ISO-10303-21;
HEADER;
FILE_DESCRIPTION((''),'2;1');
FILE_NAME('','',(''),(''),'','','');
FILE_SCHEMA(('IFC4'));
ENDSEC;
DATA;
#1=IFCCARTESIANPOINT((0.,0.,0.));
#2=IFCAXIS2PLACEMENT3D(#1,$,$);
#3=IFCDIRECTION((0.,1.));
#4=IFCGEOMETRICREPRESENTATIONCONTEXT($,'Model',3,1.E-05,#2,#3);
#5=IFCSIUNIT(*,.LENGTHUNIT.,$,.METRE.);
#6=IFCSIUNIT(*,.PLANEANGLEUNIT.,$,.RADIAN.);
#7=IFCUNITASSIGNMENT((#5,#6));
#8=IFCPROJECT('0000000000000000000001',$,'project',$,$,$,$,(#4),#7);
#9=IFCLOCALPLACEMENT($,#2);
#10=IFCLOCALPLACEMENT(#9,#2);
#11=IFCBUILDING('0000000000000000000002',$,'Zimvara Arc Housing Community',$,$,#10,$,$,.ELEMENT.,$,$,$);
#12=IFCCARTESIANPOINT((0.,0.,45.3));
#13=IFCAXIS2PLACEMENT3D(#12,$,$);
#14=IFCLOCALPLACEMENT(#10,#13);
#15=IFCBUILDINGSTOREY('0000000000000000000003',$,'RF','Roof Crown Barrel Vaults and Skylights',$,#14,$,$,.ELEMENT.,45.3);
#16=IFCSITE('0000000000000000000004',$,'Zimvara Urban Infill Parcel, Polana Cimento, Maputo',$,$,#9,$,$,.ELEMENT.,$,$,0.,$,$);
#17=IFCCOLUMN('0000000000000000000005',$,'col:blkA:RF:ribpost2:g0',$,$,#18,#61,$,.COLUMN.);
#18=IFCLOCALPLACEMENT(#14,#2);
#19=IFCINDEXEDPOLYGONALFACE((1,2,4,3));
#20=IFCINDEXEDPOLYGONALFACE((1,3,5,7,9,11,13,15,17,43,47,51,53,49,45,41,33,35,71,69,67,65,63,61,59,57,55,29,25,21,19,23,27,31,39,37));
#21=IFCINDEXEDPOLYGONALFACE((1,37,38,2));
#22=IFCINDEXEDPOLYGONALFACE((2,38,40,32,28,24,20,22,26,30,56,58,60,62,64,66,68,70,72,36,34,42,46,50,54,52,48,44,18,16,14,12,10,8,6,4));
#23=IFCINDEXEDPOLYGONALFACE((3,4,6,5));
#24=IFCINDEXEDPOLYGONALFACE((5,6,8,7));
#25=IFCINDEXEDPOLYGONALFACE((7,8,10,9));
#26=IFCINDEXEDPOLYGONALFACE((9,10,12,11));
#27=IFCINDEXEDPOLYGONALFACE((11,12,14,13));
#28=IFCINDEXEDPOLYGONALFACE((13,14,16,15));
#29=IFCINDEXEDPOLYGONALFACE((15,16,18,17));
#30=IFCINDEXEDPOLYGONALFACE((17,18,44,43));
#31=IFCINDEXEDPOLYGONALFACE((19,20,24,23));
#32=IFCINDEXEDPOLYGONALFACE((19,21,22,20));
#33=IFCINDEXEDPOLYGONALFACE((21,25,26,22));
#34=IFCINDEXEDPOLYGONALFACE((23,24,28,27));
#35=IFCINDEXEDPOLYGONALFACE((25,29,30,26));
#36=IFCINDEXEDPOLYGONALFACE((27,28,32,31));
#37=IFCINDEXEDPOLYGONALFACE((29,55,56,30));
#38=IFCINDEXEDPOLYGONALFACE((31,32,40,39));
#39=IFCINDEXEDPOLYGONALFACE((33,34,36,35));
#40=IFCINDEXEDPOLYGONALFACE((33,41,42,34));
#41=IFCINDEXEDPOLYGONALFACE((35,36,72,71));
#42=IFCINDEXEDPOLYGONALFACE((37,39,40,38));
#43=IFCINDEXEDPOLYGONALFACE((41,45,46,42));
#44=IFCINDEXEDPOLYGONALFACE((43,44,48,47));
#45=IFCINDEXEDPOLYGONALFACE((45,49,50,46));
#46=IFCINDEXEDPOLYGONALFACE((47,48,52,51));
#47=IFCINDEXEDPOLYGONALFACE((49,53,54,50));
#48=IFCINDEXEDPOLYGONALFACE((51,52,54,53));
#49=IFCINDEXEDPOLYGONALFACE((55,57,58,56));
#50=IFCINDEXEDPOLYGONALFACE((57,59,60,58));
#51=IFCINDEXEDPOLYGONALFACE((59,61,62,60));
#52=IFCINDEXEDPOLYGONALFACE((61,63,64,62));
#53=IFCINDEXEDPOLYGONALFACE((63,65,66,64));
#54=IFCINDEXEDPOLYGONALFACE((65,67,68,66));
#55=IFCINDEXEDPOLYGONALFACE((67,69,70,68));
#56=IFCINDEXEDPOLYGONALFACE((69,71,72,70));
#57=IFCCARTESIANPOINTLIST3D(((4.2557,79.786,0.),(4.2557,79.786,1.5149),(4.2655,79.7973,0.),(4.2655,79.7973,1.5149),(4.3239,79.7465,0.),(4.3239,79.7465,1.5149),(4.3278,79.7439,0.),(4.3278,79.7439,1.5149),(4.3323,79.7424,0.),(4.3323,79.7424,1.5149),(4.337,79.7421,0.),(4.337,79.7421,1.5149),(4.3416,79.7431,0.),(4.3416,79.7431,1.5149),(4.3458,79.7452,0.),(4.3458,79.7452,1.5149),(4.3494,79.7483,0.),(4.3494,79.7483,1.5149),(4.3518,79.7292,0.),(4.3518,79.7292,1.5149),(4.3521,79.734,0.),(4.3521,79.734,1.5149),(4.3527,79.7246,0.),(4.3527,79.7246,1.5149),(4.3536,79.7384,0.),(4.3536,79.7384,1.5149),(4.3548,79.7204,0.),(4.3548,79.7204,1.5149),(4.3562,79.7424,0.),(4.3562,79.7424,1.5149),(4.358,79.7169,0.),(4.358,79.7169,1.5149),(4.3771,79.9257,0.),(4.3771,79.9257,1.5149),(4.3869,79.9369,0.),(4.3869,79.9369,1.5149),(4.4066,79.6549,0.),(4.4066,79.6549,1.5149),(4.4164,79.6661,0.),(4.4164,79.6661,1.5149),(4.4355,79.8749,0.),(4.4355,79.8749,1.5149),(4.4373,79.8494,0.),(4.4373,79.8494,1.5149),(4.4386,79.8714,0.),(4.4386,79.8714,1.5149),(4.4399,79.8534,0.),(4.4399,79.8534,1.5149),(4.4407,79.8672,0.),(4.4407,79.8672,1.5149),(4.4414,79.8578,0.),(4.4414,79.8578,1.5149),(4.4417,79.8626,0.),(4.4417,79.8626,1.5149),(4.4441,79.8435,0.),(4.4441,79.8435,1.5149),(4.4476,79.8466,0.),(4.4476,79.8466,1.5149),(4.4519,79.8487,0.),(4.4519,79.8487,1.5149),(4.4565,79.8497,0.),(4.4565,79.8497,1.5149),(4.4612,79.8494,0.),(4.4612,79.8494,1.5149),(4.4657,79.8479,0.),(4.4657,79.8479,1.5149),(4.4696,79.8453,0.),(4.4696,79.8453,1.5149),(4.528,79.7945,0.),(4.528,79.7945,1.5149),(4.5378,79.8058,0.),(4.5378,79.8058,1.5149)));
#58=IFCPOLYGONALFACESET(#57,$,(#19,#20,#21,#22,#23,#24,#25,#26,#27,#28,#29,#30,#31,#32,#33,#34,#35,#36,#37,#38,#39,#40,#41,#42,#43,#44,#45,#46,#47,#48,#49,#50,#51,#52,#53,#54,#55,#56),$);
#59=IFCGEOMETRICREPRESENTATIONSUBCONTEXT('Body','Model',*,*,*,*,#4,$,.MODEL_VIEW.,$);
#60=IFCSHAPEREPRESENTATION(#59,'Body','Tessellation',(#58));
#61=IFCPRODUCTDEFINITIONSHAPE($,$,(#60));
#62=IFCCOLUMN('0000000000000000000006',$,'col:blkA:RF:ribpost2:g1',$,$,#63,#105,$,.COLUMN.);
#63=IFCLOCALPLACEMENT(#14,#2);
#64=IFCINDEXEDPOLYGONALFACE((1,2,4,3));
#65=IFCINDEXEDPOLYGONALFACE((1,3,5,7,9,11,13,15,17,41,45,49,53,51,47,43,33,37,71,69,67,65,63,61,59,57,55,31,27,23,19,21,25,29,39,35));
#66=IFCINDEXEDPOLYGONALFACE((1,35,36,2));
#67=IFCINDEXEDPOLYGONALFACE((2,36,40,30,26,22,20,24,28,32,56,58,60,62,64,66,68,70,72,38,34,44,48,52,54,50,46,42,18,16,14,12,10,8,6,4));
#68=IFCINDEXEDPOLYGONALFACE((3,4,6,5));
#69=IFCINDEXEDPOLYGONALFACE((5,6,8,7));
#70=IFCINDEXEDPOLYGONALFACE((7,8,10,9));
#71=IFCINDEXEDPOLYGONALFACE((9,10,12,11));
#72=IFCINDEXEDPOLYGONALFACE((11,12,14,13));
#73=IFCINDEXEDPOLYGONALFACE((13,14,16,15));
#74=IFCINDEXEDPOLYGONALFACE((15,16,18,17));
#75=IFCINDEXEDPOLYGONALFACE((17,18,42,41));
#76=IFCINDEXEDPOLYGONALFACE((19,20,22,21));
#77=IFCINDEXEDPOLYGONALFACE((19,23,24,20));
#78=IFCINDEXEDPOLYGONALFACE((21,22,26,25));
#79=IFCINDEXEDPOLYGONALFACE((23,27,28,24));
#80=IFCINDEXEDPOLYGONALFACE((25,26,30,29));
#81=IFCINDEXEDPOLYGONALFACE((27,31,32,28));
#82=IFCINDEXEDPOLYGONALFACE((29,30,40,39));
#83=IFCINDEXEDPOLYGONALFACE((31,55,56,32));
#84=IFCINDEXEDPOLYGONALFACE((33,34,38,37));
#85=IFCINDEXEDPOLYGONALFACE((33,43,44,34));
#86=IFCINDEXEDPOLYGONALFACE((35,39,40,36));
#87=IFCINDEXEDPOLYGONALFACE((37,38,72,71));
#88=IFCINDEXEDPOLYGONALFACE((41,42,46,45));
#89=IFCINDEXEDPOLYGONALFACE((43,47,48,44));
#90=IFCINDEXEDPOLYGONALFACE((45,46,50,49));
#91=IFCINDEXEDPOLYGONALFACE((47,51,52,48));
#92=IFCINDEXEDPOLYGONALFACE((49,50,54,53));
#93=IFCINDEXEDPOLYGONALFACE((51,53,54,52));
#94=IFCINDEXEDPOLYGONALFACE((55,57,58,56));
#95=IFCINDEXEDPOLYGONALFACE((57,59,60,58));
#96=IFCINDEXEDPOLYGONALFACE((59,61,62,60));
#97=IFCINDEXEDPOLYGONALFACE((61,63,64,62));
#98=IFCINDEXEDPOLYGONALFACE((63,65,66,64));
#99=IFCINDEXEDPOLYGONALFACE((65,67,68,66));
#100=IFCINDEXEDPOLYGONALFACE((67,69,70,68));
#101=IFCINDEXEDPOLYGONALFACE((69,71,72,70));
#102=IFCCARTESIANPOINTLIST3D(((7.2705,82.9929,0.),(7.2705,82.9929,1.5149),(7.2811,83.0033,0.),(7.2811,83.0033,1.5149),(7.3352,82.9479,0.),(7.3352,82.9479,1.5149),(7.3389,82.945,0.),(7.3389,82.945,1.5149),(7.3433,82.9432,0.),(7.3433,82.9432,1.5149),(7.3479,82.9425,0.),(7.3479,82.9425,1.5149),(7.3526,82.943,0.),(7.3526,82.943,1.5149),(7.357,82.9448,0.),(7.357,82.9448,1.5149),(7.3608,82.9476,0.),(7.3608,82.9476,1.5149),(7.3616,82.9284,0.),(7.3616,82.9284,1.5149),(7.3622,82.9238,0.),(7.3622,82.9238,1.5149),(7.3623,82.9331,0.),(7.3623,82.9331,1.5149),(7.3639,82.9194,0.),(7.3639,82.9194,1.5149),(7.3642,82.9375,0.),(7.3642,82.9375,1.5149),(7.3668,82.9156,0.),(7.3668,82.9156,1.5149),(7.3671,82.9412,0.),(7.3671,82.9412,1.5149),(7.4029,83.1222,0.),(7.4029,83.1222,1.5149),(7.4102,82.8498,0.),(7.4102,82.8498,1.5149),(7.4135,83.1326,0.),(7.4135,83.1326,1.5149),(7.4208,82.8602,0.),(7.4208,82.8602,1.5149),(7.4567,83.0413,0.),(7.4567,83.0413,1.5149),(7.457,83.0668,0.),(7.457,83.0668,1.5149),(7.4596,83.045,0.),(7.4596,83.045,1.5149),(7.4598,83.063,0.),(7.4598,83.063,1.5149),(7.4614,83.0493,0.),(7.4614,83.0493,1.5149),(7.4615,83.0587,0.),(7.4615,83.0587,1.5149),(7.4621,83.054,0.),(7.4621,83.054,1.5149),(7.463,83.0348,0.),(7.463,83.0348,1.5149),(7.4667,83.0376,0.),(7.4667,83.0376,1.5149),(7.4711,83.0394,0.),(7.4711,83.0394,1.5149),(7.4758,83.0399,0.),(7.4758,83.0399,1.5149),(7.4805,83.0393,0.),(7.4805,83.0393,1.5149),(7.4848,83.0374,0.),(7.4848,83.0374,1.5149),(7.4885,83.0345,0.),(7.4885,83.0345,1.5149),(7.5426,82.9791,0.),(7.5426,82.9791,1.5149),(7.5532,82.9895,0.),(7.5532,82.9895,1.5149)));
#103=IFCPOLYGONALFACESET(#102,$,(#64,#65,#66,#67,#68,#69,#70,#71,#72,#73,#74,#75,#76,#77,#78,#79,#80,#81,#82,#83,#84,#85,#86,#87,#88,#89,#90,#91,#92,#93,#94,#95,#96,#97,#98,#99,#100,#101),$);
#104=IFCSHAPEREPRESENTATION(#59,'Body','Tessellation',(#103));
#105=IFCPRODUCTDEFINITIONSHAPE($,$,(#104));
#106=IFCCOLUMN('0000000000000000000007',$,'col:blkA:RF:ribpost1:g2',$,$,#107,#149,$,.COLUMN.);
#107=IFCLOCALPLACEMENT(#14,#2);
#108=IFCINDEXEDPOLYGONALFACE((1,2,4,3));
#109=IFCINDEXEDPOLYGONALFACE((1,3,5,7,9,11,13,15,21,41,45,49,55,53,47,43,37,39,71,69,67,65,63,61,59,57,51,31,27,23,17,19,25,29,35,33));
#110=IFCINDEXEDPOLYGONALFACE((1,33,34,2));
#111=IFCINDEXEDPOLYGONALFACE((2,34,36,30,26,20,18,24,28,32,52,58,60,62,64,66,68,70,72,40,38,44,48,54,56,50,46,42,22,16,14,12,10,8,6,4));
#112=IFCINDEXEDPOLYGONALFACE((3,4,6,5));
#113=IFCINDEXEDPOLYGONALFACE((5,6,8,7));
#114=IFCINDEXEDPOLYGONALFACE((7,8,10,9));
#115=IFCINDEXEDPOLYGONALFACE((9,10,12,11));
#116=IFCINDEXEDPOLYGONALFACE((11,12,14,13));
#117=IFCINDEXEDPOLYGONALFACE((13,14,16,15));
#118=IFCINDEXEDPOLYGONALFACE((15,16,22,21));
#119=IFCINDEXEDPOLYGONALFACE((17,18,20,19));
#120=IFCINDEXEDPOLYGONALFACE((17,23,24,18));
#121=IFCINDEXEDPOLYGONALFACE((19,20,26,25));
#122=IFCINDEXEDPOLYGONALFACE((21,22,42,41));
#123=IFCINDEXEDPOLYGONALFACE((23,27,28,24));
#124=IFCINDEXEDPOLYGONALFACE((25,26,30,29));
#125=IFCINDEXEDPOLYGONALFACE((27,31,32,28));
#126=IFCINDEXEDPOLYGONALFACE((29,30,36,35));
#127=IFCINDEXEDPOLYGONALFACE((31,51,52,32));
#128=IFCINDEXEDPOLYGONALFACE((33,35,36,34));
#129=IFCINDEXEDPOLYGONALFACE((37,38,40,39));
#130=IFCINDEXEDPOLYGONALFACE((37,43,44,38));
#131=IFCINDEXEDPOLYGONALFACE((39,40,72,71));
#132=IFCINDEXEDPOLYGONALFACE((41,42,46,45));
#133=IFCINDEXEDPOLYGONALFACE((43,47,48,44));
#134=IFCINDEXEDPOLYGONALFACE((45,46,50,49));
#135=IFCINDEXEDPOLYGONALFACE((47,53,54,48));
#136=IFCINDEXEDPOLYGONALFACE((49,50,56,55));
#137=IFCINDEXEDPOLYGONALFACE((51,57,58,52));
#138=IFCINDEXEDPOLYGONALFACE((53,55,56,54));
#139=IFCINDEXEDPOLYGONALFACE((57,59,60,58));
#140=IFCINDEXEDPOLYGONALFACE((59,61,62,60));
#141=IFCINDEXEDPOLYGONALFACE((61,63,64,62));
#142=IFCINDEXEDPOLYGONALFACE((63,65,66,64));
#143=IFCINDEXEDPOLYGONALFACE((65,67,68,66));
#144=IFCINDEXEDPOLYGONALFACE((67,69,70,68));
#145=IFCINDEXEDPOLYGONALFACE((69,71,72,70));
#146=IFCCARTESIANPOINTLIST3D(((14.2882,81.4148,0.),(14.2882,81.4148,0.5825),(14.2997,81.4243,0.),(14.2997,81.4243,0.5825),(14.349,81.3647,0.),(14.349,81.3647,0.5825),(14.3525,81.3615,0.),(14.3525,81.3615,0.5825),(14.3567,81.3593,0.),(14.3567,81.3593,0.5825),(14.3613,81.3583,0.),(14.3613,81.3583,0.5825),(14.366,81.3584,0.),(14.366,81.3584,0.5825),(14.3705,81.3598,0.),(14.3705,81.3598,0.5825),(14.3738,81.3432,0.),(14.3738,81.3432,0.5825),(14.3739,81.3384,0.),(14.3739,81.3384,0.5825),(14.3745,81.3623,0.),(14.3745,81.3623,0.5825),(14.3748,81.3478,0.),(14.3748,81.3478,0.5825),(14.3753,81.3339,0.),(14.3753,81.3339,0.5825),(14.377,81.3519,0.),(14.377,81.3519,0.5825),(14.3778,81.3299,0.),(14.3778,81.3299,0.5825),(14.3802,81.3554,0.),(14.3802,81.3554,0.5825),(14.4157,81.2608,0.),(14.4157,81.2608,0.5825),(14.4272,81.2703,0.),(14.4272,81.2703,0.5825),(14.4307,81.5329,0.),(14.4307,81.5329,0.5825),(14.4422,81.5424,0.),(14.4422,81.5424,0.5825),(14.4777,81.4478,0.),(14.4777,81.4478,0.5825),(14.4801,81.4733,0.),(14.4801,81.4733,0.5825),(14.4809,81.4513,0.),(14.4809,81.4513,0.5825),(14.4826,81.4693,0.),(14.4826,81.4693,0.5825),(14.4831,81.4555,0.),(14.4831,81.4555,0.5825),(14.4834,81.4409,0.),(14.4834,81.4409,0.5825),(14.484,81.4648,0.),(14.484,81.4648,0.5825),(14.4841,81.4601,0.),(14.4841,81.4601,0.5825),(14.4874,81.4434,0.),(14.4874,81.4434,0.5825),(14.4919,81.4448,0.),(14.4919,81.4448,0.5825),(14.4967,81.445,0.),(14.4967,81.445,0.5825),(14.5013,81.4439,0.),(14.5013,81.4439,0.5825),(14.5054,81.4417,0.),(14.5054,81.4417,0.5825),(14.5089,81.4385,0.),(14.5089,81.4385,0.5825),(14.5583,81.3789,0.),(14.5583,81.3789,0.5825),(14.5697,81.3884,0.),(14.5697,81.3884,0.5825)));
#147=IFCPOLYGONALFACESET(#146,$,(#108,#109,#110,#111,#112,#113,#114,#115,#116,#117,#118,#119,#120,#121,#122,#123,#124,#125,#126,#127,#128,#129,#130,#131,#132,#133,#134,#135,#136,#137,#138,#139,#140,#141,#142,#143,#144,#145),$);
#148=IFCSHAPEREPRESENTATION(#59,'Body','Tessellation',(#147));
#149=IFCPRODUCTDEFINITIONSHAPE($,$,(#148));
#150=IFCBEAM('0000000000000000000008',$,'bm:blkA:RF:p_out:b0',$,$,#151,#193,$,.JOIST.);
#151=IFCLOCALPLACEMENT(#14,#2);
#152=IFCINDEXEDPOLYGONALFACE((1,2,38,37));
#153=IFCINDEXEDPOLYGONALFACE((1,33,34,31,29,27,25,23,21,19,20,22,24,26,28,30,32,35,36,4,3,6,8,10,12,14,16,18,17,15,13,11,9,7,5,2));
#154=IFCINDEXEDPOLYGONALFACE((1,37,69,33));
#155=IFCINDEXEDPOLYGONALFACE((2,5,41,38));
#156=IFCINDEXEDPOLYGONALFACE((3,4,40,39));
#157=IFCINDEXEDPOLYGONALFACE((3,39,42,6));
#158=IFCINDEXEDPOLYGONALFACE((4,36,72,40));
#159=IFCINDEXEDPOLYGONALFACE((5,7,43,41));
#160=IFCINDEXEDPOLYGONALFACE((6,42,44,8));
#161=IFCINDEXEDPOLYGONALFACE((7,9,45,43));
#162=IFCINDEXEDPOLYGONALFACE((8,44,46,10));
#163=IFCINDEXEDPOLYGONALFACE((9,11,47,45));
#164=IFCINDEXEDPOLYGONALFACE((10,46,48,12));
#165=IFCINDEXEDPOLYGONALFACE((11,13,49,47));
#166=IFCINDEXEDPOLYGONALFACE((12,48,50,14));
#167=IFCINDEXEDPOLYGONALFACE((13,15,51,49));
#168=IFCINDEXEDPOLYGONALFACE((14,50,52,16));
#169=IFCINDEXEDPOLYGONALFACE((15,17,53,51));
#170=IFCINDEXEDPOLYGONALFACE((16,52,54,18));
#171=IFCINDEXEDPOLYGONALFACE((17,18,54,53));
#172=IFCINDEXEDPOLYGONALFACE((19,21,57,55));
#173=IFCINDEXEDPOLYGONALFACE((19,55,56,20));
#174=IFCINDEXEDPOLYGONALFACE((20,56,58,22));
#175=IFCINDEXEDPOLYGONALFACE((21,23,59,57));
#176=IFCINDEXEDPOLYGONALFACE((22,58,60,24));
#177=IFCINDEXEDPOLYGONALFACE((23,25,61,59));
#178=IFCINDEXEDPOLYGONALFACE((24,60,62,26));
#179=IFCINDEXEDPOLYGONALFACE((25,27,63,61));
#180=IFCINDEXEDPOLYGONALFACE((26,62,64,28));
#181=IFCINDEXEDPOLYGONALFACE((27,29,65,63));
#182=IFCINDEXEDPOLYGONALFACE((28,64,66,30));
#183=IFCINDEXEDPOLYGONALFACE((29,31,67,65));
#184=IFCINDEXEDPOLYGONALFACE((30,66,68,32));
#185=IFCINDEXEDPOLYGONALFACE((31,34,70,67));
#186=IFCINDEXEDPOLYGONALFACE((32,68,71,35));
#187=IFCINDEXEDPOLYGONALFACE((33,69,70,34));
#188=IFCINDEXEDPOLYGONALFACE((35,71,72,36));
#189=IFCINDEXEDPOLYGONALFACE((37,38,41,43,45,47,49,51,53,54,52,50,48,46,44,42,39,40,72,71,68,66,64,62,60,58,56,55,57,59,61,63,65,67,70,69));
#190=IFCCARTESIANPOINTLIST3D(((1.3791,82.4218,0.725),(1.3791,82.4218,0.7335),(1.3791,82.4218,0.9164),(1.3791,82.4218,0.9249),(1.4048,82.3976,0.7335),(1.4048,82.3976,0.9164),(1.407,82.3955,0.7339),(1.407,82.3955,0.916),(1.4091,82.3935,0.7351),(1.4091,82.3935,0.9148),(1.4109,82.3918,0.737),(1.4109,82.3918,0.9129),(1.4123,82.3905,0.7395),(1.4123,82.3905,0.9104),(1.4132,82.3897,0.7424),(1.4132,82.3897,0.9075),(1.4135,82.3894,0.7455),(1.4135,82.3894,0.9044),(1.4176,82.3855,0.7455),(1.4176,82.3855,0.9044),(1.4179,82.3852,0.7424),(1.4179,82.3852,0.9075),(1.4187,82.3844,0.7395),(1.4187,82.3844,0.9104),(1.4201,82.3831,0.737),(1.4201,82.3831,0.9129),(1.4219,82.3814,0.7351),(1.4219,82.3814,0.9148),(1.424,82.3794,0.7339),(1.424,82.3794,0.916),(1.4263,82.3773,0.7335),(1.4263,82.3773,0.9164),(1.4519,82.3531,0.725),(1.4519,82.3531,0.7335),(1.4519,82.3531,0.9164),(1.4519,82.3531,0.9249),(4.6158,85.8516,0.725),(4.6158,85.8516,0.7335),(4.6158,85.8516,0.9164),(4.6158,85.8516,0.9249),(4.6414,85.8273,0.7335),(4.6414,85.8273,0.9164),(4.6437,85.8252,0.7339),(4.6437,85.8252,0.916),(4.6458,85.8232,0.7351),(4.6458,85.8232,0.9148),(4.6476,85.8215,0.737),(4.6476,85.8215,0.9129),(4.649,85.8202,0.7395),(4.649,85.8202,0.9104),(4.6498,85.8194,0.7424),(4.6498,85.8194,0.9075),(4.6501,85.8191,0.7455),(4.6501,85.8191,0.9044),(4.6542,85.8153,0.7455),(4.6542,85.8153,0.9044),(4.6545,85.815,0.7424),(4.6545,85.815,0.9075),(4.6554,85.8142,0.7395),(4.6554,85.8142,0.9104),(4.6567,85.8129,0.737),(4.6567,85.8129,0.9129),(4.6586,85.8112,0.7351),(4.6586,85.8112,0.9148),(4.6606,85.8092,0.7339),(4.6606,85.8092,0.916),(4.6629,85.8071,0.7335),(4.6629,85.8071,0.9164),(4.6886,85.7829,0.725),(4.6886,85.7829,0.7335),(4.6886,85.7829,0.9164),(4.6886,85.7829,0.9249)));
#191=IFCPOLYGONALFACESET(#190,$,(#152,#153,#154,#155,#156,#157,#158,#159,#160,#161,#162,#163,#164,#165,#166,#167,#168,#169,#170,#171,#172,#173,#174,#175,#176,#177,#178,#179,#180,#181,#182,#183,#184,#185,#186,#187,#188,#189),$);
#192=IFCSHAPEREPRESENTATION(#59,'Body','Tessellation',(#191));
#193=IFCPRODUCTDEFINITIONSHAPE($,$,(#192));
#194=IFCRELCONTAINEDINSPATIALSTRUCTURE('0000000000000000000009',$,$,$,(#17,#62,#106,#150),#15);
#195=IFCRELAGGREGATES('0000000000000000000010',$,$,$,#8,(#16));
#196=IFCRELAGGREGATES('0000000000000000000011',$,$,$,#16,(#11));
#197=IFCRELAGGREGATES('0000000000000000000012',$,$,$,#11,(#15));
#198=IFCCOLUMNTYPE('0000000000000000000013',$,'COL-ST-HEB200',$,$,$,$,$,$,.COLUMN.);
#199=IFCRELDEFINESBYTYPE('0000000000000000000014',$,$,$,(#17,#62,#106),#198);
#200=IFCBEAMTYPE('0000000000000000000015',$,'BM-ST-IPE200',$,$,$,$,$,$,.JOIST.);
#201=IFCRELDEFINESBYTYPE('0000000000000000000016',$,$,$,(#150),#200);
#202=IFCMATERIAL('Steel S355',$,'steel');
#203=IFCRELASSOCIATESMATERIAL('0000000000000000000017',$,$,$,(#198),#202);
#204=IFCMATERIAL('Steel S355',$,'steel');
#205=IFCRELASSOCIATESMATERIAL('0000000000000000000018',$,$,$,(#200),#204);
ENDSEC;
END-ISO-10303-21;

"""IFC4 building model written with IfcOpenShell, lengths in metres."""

from ifc_helpers import new_model, si_unit, direction, frame, origin, origin_2d, place, context, subcontext, project, spatial, i_section, extrude, material, material_profile, profile_set, type_object, element, save


model = new_model("IFC4")

# Units and contexts
model_context = context("Model", 3, precision=1e-05, world=origin(), true_north=direction((0.0, 1.0)))
body_context = subcontext(model_context, "Body", "Model", "MODEL_VIEW")
ifc_project = project(units=[si_unit("LENGTHUNIT", "METRE"), si_unit("PLANEANGLEUNIT", "RADIAN")], contexts=[model_context])

# Site, building, storey
site_placement = place(None, origin())
site = spatial("IfcSite", under=ifc_project, at=site_placement, Name="Zimvara Urban Infill Parcel, Polana Cimento, Maputo", CompositionType="ELEMENT", RefElevation=0.0)
building_placement = place(site_placement, origin())
building = spatial("IfcBuilding", under=site, at=building_placement, Name="Zimvara Arc Housing Community", CompositionType="ELEMENT")
storey_placement = place(building_placement, frame((0.0, 0.0, 45.3)))
storey = spatial("IfcBuildingStorey", under=building, at=storey_placement, Name="RF", Description="Roof Crown Barrel Vaults and Skylights", CompositionType="ELEMENT", Elevation=45.3)

# Columns
ifc_material_1 = material(Name="Steel S355", Category="steel")
ifc_material_profile_1 = material_profile(ifc_material_1, i_section(OverallWidth=0.2, OverallDepth=0.2, WebThickness=0.009, FlangeThickness=0.0149, FilletRadius=0.0181, at=origin_2d()), Name="HEB 200")
ifc_profile_set_1 = profile_set([ifc_material_profile_1], Name="Steel S355")
column_type = type_object("IfcColumnType", Name="COL-ST-HEB200", PredefinedType="COLUMN", material=ifc_profile_set_1)
for number, where, z_axis, x_axis, name in (
    (1, (4.3967, 79.7959, 0.0), (0.0, 0.0, 1.0), (-0.75471, 0.656059, 0.0), "col:blkA:RF:ribpost2:g0"),
    (2, (7.4119, 82.9912, 0.0), (0.0, 0.0, 1.0), (-0.698665, 0.715449, 0.0), "col:blkA:RF:ribpost2:g1"),
):
    element("IfcColumn", number, at=place(storey_placement, frame(where, z_axis=z_axis, x_axis=x_axis)), inside=storey, type_object=column_type, Name=name, PredefinedType="COLUMN", context=body_context, shape_type="SweptSolid", body=[
        extrude(i_section(OverallWidth=0.2, OverallDepth=0.2, WebThickness=0.009, FlangeThickness=0.0149, FilletRadius=0.0181, at=origin_2d()), origin(), (0.0, 0.0, 1.0), 1.5149),
    ])
column_placement = place(storey_placement, frame((14.429, 81.4016, 0.0), z_axis=(0.0, 0.0, 1.0), x_axis=(-0.637962, 0.770068, 0.0)))
element("IfcColumn", 3, at=column_placement, inside=storey, type_object=column_type, Name="col:blkA:RF:ribpost1:g2", PredefinedType="COLUMN", context=body_context, shape_type="SweptSolid", body=[
    extrude(i_section(OverallWidth=0.2, OverallDepth=0.2, WebThickness=0.009, FlangeThickness=0.0149, FilletRadius=0.0181, at=origin_2d()), origin(), (0.0, 0.0, 1.0), 0.5825),
])

# Beam
ifc_material_2 = material(Name="Steel S355", Category="steel")
ifc_material_profile_2 = material_profile(ifc_material_2, i_section(OverallWidth=0.1001, OverallDepth=0.2, WebThickness=0.0056, FlangeThickness=0.0085, FilletRadius=0.012, at=origin_2d()), Name="IPE 200")
ifc_profile_set_2 = profile_set([ifc_material_profile_2], Name="Steel S355")
beam_type_1 = type_object("IfcBeamType", Name="BM-ST-IPE200", PredefinedType="JOIST", material=ifc_profile_set_2)
beam_1_placement = place(storey_placement, frame((1.4155, 82.3875, 0.825), z_axis=(0.686335, 0.727286, 0.0), x_axis=(-0.727286, 0.686335, 0.0)))
element("IfcBeam", 4, at=beam_1_placement, inside=storey, type_object=beam_type_1, Name="bm:blkA:RF:p_out:b0", PredefinedType="JOIST", context=body_context, shape_type="SweptSolid", body=[
    extrude(i_section(OverallWidth=0.1001, OverallDepth=0.2, WebThickness=0.0056, FlangeThickness=0.0085, FilletRadius=0.012, at=origin_2d()), origin(), (0.0, 0.0, 1.0), 4.7158),
])

save(model, "model.ifc")
